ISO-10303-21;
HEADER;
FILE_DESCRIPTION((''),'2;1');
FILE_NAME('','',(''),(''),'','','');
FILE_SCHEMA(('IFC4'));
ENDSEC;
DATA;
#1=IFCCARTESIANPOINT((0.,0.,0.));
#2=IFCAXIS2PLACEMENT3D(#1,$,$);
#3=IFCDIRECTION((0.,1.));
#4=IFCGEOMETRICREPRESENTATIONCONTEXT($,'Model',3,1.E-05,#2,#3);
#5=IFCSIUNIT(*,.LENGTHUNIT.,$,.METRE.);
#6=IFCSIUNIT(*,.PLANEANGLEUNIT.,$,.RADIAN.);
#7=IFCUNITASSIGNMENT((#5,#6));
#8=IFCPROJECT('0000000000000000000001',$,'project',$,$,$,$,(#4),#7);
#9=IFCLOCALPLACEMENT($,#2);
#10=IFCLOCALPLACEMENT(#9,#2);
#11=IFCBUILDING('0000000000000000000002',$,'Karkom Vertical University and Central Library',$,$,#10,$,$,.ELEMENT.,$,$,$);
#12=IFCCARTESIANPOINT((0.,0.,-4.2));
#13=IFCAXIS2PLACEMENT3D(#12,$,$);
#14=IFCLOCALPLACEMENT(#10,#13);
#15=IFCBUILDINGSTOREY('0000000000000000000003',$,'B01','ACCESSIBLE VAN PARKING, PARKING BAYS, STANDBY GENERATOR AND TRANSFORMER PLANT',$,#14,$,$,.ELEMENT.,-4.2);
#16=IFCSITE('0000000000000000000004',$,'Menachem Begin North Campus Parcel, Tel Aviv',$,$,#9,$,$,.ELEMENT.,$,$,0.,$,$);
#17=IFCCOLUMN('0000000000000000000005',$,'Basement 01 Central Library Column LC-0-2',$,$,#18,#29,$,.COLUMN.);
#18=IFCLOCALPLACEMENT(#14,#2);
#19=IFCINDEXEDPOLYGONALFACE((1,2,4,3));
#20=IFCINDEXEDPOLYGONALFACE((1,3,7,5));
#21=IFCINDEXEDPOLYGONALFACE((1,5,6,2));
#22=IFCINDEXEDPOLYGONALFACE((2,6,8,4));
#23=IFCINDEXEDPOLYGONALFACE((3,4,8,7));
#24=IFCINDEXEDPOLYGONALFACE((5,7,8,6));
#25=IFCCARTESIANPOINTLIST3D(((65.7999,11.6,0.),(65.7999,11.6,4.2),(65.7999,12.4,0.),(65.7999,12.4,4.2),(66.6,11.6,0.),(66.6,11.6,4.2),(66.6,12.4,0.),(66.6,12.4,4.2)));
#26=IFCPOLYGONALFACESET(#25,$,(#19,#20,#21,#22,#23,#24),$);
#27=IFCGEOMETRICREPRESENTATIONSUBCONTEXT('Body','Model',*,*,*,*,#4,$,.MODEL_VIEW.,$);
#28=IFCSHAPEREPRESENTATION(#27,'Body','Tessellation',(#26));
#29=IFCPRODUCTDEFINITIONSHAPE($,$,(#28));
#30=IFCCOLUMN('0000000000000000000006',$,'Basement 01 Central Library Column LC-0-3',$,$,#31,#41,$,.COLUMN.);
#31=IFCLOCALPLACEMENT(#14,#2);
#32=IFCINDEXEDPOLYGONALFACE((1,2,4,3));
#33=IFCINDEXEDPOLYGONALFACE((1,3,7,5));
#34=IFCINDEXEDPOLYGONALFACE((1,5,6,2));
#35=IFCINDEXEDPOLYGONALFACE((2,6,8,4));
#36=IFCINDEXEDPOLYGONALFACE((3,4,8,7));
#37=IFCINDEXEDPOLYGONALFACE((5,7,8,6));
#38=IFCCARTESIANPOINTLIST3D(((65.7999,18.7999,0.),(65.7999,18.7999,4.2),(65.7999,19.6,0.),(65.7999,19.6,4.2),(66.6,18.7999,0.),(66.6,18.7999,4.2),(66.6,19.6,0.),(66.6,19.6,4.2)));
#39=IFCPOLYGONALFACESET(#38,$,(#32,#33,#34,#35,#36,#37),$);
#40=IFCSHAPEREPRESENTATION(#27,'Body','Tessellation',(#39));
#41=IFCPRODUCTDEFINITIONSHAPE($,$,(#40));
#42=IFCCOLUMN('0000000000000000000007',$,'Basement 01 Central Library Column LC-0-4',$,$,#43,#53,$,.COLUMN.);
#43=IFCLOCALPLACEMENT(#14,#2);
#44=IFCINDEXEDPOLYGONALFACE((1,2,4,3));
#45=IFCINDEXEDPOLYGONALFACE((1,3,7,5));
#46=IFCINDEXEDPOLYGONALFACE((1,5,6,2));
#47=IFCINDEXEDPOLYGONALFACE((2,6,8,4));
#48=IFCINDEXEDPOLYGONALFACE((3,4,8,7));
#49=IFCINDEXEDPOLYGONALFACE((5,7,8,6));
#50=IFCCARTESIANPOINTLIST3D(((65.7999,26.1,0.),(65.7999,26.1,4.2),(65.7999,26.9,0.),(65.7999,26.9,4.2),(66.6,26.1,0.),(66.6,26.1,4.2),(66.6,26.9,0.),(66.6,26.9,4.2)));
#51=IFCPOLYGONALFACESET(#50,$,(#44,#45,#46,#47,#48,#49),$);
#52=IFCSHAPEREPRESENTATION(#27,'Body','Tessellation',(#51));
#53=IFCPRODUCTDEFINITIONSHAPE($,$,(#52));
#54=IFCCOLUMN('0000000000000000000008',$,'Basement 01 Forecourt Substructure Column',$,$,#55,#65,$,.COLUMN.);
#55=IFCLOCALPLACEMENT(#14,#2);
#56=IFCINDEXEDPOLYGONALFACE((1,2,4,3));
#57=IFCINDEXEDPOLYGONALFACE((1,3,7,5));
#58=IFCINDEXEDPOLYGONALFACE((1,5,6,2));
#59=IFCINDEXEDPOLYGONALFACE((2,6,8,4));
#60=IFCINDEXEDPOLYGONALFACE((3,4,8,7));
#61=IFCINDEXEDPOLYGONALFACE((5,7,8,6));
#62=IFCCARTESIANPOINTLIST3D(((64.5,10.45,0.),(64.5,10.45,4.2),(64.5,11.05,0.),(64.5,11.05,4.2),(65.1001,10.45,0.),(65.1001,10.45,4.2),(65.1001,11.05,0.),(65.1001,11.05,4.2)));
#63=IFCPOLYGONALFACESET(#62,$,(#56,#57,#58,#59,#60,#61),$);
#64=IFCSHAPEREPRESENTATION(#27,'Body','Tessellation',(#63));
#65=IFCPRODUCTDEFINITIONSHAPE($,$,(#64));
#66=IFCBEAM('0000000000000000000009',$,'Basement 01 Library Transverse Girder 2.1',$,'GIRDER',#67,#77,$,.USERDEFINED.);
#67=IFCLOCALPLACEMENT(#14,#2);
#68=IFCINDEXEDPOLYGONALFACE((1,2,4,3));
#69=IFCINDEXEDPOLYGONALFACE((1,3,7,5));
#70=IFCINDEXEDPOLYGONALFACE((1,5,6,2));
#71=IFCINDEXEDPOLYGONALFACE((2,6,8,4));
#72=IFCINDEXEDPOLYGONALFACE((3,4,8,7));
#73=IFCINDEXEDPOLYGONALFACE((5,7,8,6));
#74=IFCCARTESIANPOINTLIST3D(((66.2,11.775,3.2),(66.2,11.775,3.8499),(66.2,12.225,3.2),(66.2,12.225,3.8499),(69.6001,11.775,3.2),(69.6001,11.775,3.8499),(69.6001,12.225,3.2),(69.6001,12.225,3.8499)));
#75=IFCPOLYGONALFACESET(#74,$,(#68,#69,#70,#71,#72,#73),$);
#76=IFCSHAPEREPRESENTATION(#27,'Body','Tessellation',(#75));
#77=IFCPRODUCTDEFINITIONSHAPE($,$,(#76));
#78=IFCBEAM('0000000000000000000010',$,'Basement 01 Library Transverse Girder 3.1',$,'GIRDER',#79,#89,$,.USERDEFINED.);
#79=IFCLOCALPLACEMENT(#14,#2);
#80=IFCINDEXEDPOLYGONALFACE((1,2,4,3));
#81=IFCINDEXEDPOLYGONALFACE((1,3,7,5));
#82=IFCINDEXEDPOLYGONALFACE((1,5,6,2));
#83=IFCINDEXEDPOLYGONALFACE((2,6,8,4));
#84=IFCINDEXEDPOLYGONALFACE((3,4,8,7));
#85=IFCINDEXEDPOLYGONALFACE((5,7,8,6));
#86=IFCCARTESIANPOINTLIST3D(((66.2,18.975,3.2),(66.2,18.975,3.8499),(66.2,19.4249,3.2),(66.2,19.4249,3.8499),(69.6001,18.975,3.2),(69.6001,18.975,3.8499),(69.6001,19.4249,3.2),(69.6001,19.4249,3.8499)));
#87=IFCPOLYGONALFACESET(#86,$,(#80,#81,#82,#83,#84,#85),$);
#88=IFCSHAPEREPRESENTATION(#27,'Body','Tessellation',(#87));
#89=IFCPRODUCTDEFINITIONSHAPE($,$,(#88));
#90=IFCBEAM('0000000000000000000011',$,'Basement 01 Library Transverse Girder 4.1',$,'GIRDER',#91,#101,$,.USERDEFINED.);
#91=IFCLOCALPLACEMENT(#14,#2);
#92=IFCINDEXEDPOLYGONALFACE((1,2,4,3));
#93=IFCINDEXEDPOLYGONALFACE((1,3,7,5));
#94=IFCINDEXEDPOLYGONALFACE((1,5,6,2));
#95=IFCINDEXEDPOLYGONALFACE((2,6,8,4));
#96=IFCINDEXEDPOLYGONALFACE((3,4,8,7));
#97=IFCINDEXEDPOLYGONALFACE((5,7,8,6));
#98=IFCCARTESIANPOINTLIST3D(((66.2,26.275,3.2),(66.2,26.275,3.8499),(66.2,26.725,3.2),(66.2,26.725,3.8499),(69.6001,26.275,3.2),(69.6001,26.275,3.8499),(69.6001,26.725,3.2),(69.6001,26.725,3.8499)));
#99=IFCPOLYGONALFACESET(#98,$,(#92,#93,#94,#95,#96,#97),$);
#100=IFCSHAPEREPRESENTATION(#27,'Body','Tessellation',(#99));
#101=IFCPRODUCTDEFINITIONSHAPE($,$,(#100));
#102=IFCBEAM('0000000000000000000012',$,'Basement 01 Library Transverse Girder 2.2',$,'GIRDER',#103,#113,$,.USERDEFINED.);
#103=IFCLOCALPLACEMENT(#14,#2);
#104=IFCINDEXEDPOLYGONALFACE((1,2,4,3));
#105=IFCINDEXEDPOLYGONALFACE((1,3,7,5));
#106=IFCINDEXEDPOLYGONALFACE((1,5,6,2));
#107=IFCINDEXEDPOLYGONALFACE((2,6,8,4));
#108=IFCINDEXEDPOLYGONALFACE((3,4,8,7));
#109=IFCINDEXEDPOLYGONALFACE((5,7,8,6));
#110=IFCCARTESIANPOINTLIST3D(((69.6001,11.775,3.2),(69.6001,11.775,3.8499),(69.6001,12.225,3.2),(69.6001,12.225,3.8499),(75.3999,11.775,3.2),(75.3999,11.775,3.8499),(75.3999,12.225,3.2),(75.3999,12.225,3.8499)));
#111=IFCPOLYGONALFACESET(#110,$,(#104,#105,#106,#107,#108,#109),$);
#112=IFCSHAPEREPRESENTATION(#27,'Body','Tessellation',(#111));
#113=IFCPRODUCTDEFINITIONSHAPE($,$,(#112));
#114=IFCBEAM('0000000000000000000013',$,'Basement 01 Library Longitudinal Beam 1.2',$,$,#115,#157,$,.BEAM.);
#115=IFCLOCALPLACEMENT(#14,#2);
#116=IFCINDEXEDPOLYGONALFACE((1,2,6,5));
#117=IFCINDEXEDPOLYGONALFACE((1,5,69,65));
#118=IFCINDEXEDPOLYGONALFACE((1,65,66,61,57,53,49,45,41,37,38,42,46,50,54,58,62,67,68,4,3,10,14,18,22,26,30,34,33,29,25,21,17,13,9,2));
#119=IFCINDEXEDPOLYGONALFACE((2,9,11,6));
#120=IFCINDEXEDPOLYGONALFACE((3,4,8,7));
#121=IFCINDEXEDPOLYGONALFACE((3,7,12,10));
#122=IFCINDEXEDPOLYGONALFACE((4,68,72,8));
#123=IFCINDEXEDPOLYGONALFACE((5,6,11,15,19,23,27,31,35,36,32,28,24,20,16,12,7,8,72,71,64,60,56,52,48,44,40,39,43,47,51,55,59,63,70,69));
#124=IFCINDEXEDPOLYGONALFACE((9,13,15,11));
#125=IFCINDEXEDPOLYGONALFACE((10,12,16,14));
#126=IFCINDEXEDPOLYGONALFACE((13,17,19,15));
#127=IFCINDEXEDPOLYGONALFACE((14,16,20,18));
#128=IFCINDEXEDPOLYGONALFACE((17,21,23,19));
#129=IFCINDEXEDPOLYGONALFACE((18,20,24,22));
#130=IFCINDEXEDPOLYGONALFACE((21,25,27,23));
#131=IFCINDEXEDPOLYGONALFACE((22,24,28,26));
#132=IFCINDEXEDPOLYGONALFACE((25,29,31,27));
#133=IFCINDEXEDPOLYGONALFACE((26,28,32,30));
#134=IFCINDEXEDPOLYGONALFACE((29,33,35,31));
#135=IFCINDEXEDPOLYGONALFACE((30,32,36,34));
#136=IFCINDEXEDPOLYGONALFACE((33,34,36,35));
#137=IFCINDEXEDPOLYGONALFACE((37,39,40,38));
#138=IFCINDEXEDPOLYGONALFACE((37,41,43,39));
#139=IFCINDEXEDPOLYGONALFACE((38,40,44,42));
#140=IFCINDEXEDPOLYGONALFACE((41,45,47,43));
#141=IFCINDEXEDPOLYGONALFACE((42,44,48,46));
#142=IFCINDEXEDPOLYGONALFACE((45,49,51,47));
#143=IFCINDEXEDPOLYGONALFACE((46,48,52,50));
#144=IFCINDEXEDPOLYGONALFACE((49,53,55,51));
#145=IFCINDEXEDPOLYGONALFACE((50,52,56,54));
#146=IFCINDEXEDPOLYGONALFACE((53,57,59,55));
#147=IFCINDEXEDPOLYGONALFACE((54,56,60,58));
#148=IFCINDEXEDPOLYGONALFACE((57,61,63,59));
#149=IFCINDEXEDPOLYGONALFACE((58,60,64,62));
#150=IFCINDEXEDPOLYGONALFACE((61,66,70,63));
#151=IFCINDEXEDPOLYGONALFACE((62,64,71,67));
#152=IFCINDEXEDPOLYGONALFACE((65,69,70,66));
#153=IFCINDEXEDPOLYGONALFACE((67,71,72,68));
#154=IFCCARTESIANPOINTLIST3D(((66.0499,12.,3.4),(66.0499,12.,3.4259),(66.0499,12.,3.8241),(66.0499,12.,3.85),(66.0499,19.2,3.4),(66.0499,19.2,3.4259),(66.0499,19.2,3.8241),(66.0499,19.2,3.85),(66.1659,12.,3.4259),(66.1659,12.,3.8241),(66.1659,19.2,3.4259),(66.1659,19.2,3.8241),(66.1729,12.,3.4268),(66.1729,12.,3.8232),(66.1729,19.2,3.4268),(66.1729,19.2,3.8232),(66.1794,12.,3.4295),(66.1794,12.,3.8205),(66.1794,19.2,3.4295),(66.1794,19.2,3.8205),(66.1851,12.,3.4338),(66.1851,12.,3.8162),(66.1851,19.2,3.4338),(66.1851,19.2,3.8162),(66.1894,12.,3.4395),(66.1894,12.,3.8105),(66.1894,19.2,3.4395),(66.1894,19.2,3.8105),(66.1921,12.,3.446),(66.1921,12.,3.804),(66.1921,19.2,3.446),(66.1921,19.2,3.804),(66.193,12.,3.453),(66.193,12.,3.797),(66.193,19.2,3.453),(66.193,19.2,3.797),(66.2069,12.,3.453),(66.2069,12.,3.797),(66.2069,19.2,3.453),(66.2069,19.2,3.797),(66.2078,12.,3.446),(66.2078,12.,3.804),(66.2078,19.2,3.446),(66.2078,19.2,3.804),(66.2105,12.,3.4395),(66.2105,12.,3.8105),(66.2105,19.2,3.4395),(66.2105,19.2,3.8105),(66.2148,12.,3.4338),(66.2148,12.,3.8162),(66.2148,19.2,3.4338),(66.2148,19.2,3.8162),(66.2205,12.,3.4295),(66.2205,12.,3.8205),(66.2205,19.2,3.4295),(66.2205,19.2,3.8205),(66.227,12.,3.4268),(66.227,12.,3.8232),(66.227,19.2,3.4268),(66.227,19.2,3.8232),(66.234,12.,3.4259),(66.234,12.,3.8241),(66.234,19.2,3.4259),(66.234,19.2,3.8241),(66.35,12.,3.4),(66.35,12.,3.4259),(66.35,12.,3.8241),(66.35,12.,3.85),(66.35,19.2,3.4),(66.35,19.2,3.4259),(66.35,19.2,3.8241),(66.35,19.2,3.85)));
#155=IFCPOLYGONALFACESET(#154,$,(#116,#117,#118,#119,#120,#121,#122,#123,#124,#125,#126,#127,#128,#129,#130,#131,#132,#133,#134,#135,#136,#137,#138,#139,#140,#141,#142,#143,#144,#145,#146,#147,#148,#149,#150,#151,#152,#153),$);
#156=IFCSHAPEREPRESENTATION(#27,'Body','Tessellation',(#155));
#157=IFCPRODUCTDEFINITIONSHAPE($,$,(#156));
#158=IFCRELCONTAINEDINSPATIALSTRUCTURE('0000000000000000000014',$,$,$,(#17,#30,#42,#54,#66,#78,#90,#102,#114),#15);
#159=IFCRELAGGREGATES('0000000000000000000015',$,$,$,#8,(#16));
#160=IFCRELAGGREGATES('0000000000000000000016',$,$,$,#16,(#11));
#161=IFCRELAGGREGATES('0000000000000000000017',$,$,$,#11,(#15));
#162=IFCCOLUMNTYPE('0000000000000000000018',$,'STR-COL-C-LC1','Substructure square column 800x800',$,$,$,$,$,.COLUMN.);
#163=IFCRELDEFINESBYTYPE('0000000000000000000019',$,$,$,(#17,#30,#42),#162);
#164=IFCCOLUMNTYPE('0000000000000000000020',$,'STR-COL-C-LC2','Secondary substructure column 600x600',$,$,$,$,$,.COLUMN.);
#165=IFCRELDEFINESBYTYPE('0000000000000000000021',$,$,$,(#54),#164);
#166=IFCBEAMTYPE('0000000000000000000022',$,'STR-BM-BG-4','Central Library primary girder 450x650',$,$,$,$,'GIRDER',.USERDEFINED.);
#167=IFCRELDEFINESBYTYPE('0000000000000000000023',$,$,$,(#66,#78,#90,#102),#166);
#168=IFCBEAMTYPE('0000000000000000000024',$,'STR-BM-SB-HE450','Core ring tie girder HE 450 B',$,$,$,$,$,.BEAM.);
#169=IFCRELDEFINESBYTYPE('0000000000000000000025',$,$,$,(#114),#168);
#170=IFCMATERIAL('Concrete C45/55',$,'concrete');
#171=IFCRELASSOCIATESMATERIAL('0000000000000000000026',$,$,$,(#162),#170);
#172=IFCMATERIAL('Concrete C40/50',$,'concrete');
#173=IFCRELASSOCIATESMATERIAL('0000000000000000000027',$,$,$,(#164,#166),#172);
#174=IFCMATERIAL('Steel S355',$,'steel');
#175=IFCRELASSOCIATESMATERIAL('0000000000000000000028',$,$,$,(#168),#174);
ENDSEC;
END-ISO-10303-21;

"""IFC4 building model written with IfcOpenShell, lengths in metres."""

from ifc_helpers import new_model, si_unit, direction, frame, origin, origin_with_axes, origin_2d, place, context, subcontext, project, spatial, rectangle, i_section, extrude, source, transform, mapped, material, material_profile, profile_set, type_object, element, save


model = new_model("IFC4")

# Units and contexts
model_context = context("Model", 3, precision=1e-05, world=origin(), true_north=direction((0.0, 1.0)))
body_context = subcontext(model_context, "Body", "Model", "MODEL_VIEW")
ifc_project = project(units=[si_unit("LENGTHUNIT", "METRE"), si_unit("PLANEANGLEUNIT", "RADIAN")], contexts=[model_context])

# Site, building, storey
site_placement = place(None, origin())
site = spatial("IfcSite", under=ifc_project, at=site_placement, Name="Menachem Begin North Campus Parcel, Tel Aviv", CompositionType="ELEMENT", RefElevation=0.0)
building_placement = place(site_placement, origin())
building = spatial("IfcBuilding", under=site, at=building_placement, Name="Karkom Vertical University and Central Library", CompositionType="ELEMENT")
storey_placement = place(building_placement, frame((0.0, 0.0, -4.2)))
storey = spatial("IfcBuildingStorey", under=building, at=storey_placement, Name="B01", Description="ACCESSIBLE VAN PARKING, PARKING BAYS, STANDBY GENERATOR AND TRANSFORMER PLANT", CompositionType="ELEMENT", Elevation=-4.2)

# Columns
ifc_material_1 = material(Name="Concrete C40/50", Category="concrete")
ifc_material_2 = material(Name="Concrete C45/55", Category="concrete")
ifc_material_profile_1 = material_profile(ifc_material_2, rectangle(XDim=0.8, YDim=0.8, at=origin_2d()), Name="RC-800x800")
ifc_profile_set_1 = profile_set([ifc_material_profile_1], Name="Concrete C45/55")
column_type_1 = type_object("IfcColumnType", Name="STR-COL-C-LC1", Description="Substructure square column 800x800", PredefinedType="COLUMN", material=ifc_profile_set_1)
shared_shape_1 = source(origin_with_axes(), body_context, "Body", "SweptSolid", [
    extrude(rectangle(XDim=0.8, YDim=0.8, at=origin_2d()), origin(), (0.0, 0.0, 1.0), 4.2),
])
for number, where, z_axis, x_axis, name in (
    (1, (66.2, 12.0, 0.0), (0.0, 0.0, 1.0), (1.0, 0.0, 0.0), "Basement 01 Central Library Column LC-0-2"),
    (2, (66.2, 19.2, 0.0), (0.0, 0.0, 1.0), (1.0, 0.0, 0.0), "Basement 01 Central Library Column LC-0-3"),
    (3, (66.2, 26.5, 0.0), (0.0, 0.0, 1.0), (1.0, 0.0, 0.0), "Basement 01 Central Library Column LC-0-4"),
):
    element("IfcColumn", number, at=place(storey_placement, frame(where, z_axis=z_axis, x_axis=x_axis)), inside=storey, type_object=column_type_1, Name=name, PredefinedType="COLUMN", context=body_context, shape_type="MappedRepresentation", body=[
        mapped(shared_shape_1, transform((0.0, 0.0, 0.0), scale=1.0)),
    ])
ifc_material_profile_2 = material_profile(ifc_material_1, rectangle(XDim=0.6001, YDim=0.6001, at=origin_2d()), Name="RC-600x600")
ifc_profile_set_2 = profile_set([ifc_material_profile_2], Name="Concrete C40/50")
column_type_2 = type_object("IfcColumnType", Name="STR-COL-C-LC2", Description="Secondary substructure column 600x600", PredefinedType="COLUMN", material=ifc_profile_set_2)
shared_shape_2 = source(origin_with_axes(), body_context, "Body", "SweptSolid", [
    extrude(rectangle(XDim=0.6001, YDim=0.6001, at=origin_2d()), origin(), (0.0, 0.0, 1.0), 4.2),
])
column_placement = place(storey_placement, frame((64.8, 10.75, 0.0), z_axis=(0.0, 0.0, 1.0), x_axis=(1.0, 0.0, 0.0)))
element("IfcColumn", 4, at=column_placement, inside=storey, type_object=column_type_2, Name="Basement 01 Forecourt Substructure Column", PredefinedType="COLUMN", context=body_context, shape_type="MappedRepresentation", body=[
    mapped(shared_shape_2, transform((0.0, 0.0, 0.0), scale=1.0)),
])

# Beams
ifc_material_profile_3 = material_profile(ifc_material_1, rectangle(XDim=0.45, YDim=0.6499, at=origin_2d()), Name="RCB-450x650")
ifc_profile_set_3 = profile_set([ifc_material_profile_3], Name="Concrete C40/50")
beam_type_1 = type_object("IfcBeamType", Name="STR-BM-BG-4", Description="Central Library primary girder 450x650", ElementType="GIRDER", PredefinedType="USERDEFINED", material=ifc_profile_set_3)
shared_shape_3 = source(origin_with_axes(), body_context, "Body", "SweptSolid", [
    extrude(rectangle(XDim=0.45, YDim=0.6499, at=origin_2d()), origin(), (0.0, 0.0, 1.0), 3.4001),
])
for number, where, z_axis, x_axis, name in (
    (5, (66.2, 12.0, 3.5249), (1.0, 0.0, 0.0), (0.0, 1.0, 0.0), "Basement 01 Library Transverse Girder 2.1"),
    (6, (66.2, 19.2, 3.5249), (1.0, 0.0, 0.0), (0.0, 1.0, 0.0), "Basement 01 Library Transverse Girder 3.1"),
    (7, (66.2, 26.5, 3.5249), (1.0, 0.0, 0.0), (0.0, 1.0, 0.0), "Basement 01 Library Transverse Girder 4.1"),
):
    element("IfcBeam", number, at=place(storey_placement, frame(where, z_axis=z_axis, x_axis=x_axis)), inside=storey, type_object=beam_type_1, Name=name, ObjectType="GIRDER", PredefinedType="USERDEFINED", context=body_context, shape_type="MappedRepresentation", body=[
        mapped(shared_shape_3, transform((0.0, 0.0, 0.0), scale=1.0)),
    ])
shared_shape_4 = source(origin_with_axes(), body_context, "Body", "SweptSolid", [
    extrude(rectangle(XDim=0.45, YDim=0.6499, at=origin_2d()), origin(), (0.0, 0.0, 1.0), 5.7998),
])
beam_1_placement = place(storey_placement, frame((69.6001, 12.0, 3.5249), z_axis=(1.0, 0.0, 0.0), x_axis=(0.0, 1.0, 0.0)))
element("IfcBeam", 8, at=beam_1_placement, inside=storey, type_object=beam_type_1, Name="Basement 01 Library Transverse Girder 2.2", ObjectType="GIRDER", PredefinedType="USERDEFINED", context=body_context, shape_type="MappedRepresentation", body=[
    mapped(shared_shape_4, transform((0.0, 0.0, 0.0), scale=1.0)),
])
ifc_material_3 = material(Name="Steel S355", Category="steel")
ifc_material_profile_4 = material_profile(ifc_material_3, i_section(OverallWidth=0.3, OverallDepth=0.45, WebThickness=0.0139, FlangeThickness=0.0259, FilletRadius=0.0271, at=origin_2d()), Name="HE 450 B")
ifc_profile_set_4 = profile_set([ifc_material_profile_4], Name="Steel S355")
beam_type_2 = type_object("IfcBeamType", Name="STR-BM-SB-HE450", Description="Core ring tie girder HE 450 B", PredefinedType="BEAM", material=ifc_profile_set_4)
shared_shape_5 = source(origin_with_axes(), body_context, "Body", "SweptSolid", [
    extrude(i_section(OverallWidth=0.3, OverallDepth=0.45, WebThickness=0.0139, FlangeThickness=0.0259, FilletRadius=0.0271, at=origin_2d()), origin(), (0.0, 0.0, 1.0), 7.2),
])
for number, where, z_axis, x_axis, name in (
    (9, (66.2, 12.0, 3.625), (0.0, 1.0, 0.0), (-1.0, 0.0, 0.0), "Basement 01 Library Longitudinal Beam 1.2"),
):
    element("IfcBeam", number, at=place(storey_placement, frame(where, z_axis=z_axis, x_axis=x_axis)), inside=storey, type_object=beam_type_2, Name=name, PredefinedType="BEAM", context=body_context, shape_type="MappedRepresentation", body=[
        mapped(shared_shape_5, transform((0.0, 0.0, 0.0), scale=1.0)),
    ])

save(model, "model.ifc")
